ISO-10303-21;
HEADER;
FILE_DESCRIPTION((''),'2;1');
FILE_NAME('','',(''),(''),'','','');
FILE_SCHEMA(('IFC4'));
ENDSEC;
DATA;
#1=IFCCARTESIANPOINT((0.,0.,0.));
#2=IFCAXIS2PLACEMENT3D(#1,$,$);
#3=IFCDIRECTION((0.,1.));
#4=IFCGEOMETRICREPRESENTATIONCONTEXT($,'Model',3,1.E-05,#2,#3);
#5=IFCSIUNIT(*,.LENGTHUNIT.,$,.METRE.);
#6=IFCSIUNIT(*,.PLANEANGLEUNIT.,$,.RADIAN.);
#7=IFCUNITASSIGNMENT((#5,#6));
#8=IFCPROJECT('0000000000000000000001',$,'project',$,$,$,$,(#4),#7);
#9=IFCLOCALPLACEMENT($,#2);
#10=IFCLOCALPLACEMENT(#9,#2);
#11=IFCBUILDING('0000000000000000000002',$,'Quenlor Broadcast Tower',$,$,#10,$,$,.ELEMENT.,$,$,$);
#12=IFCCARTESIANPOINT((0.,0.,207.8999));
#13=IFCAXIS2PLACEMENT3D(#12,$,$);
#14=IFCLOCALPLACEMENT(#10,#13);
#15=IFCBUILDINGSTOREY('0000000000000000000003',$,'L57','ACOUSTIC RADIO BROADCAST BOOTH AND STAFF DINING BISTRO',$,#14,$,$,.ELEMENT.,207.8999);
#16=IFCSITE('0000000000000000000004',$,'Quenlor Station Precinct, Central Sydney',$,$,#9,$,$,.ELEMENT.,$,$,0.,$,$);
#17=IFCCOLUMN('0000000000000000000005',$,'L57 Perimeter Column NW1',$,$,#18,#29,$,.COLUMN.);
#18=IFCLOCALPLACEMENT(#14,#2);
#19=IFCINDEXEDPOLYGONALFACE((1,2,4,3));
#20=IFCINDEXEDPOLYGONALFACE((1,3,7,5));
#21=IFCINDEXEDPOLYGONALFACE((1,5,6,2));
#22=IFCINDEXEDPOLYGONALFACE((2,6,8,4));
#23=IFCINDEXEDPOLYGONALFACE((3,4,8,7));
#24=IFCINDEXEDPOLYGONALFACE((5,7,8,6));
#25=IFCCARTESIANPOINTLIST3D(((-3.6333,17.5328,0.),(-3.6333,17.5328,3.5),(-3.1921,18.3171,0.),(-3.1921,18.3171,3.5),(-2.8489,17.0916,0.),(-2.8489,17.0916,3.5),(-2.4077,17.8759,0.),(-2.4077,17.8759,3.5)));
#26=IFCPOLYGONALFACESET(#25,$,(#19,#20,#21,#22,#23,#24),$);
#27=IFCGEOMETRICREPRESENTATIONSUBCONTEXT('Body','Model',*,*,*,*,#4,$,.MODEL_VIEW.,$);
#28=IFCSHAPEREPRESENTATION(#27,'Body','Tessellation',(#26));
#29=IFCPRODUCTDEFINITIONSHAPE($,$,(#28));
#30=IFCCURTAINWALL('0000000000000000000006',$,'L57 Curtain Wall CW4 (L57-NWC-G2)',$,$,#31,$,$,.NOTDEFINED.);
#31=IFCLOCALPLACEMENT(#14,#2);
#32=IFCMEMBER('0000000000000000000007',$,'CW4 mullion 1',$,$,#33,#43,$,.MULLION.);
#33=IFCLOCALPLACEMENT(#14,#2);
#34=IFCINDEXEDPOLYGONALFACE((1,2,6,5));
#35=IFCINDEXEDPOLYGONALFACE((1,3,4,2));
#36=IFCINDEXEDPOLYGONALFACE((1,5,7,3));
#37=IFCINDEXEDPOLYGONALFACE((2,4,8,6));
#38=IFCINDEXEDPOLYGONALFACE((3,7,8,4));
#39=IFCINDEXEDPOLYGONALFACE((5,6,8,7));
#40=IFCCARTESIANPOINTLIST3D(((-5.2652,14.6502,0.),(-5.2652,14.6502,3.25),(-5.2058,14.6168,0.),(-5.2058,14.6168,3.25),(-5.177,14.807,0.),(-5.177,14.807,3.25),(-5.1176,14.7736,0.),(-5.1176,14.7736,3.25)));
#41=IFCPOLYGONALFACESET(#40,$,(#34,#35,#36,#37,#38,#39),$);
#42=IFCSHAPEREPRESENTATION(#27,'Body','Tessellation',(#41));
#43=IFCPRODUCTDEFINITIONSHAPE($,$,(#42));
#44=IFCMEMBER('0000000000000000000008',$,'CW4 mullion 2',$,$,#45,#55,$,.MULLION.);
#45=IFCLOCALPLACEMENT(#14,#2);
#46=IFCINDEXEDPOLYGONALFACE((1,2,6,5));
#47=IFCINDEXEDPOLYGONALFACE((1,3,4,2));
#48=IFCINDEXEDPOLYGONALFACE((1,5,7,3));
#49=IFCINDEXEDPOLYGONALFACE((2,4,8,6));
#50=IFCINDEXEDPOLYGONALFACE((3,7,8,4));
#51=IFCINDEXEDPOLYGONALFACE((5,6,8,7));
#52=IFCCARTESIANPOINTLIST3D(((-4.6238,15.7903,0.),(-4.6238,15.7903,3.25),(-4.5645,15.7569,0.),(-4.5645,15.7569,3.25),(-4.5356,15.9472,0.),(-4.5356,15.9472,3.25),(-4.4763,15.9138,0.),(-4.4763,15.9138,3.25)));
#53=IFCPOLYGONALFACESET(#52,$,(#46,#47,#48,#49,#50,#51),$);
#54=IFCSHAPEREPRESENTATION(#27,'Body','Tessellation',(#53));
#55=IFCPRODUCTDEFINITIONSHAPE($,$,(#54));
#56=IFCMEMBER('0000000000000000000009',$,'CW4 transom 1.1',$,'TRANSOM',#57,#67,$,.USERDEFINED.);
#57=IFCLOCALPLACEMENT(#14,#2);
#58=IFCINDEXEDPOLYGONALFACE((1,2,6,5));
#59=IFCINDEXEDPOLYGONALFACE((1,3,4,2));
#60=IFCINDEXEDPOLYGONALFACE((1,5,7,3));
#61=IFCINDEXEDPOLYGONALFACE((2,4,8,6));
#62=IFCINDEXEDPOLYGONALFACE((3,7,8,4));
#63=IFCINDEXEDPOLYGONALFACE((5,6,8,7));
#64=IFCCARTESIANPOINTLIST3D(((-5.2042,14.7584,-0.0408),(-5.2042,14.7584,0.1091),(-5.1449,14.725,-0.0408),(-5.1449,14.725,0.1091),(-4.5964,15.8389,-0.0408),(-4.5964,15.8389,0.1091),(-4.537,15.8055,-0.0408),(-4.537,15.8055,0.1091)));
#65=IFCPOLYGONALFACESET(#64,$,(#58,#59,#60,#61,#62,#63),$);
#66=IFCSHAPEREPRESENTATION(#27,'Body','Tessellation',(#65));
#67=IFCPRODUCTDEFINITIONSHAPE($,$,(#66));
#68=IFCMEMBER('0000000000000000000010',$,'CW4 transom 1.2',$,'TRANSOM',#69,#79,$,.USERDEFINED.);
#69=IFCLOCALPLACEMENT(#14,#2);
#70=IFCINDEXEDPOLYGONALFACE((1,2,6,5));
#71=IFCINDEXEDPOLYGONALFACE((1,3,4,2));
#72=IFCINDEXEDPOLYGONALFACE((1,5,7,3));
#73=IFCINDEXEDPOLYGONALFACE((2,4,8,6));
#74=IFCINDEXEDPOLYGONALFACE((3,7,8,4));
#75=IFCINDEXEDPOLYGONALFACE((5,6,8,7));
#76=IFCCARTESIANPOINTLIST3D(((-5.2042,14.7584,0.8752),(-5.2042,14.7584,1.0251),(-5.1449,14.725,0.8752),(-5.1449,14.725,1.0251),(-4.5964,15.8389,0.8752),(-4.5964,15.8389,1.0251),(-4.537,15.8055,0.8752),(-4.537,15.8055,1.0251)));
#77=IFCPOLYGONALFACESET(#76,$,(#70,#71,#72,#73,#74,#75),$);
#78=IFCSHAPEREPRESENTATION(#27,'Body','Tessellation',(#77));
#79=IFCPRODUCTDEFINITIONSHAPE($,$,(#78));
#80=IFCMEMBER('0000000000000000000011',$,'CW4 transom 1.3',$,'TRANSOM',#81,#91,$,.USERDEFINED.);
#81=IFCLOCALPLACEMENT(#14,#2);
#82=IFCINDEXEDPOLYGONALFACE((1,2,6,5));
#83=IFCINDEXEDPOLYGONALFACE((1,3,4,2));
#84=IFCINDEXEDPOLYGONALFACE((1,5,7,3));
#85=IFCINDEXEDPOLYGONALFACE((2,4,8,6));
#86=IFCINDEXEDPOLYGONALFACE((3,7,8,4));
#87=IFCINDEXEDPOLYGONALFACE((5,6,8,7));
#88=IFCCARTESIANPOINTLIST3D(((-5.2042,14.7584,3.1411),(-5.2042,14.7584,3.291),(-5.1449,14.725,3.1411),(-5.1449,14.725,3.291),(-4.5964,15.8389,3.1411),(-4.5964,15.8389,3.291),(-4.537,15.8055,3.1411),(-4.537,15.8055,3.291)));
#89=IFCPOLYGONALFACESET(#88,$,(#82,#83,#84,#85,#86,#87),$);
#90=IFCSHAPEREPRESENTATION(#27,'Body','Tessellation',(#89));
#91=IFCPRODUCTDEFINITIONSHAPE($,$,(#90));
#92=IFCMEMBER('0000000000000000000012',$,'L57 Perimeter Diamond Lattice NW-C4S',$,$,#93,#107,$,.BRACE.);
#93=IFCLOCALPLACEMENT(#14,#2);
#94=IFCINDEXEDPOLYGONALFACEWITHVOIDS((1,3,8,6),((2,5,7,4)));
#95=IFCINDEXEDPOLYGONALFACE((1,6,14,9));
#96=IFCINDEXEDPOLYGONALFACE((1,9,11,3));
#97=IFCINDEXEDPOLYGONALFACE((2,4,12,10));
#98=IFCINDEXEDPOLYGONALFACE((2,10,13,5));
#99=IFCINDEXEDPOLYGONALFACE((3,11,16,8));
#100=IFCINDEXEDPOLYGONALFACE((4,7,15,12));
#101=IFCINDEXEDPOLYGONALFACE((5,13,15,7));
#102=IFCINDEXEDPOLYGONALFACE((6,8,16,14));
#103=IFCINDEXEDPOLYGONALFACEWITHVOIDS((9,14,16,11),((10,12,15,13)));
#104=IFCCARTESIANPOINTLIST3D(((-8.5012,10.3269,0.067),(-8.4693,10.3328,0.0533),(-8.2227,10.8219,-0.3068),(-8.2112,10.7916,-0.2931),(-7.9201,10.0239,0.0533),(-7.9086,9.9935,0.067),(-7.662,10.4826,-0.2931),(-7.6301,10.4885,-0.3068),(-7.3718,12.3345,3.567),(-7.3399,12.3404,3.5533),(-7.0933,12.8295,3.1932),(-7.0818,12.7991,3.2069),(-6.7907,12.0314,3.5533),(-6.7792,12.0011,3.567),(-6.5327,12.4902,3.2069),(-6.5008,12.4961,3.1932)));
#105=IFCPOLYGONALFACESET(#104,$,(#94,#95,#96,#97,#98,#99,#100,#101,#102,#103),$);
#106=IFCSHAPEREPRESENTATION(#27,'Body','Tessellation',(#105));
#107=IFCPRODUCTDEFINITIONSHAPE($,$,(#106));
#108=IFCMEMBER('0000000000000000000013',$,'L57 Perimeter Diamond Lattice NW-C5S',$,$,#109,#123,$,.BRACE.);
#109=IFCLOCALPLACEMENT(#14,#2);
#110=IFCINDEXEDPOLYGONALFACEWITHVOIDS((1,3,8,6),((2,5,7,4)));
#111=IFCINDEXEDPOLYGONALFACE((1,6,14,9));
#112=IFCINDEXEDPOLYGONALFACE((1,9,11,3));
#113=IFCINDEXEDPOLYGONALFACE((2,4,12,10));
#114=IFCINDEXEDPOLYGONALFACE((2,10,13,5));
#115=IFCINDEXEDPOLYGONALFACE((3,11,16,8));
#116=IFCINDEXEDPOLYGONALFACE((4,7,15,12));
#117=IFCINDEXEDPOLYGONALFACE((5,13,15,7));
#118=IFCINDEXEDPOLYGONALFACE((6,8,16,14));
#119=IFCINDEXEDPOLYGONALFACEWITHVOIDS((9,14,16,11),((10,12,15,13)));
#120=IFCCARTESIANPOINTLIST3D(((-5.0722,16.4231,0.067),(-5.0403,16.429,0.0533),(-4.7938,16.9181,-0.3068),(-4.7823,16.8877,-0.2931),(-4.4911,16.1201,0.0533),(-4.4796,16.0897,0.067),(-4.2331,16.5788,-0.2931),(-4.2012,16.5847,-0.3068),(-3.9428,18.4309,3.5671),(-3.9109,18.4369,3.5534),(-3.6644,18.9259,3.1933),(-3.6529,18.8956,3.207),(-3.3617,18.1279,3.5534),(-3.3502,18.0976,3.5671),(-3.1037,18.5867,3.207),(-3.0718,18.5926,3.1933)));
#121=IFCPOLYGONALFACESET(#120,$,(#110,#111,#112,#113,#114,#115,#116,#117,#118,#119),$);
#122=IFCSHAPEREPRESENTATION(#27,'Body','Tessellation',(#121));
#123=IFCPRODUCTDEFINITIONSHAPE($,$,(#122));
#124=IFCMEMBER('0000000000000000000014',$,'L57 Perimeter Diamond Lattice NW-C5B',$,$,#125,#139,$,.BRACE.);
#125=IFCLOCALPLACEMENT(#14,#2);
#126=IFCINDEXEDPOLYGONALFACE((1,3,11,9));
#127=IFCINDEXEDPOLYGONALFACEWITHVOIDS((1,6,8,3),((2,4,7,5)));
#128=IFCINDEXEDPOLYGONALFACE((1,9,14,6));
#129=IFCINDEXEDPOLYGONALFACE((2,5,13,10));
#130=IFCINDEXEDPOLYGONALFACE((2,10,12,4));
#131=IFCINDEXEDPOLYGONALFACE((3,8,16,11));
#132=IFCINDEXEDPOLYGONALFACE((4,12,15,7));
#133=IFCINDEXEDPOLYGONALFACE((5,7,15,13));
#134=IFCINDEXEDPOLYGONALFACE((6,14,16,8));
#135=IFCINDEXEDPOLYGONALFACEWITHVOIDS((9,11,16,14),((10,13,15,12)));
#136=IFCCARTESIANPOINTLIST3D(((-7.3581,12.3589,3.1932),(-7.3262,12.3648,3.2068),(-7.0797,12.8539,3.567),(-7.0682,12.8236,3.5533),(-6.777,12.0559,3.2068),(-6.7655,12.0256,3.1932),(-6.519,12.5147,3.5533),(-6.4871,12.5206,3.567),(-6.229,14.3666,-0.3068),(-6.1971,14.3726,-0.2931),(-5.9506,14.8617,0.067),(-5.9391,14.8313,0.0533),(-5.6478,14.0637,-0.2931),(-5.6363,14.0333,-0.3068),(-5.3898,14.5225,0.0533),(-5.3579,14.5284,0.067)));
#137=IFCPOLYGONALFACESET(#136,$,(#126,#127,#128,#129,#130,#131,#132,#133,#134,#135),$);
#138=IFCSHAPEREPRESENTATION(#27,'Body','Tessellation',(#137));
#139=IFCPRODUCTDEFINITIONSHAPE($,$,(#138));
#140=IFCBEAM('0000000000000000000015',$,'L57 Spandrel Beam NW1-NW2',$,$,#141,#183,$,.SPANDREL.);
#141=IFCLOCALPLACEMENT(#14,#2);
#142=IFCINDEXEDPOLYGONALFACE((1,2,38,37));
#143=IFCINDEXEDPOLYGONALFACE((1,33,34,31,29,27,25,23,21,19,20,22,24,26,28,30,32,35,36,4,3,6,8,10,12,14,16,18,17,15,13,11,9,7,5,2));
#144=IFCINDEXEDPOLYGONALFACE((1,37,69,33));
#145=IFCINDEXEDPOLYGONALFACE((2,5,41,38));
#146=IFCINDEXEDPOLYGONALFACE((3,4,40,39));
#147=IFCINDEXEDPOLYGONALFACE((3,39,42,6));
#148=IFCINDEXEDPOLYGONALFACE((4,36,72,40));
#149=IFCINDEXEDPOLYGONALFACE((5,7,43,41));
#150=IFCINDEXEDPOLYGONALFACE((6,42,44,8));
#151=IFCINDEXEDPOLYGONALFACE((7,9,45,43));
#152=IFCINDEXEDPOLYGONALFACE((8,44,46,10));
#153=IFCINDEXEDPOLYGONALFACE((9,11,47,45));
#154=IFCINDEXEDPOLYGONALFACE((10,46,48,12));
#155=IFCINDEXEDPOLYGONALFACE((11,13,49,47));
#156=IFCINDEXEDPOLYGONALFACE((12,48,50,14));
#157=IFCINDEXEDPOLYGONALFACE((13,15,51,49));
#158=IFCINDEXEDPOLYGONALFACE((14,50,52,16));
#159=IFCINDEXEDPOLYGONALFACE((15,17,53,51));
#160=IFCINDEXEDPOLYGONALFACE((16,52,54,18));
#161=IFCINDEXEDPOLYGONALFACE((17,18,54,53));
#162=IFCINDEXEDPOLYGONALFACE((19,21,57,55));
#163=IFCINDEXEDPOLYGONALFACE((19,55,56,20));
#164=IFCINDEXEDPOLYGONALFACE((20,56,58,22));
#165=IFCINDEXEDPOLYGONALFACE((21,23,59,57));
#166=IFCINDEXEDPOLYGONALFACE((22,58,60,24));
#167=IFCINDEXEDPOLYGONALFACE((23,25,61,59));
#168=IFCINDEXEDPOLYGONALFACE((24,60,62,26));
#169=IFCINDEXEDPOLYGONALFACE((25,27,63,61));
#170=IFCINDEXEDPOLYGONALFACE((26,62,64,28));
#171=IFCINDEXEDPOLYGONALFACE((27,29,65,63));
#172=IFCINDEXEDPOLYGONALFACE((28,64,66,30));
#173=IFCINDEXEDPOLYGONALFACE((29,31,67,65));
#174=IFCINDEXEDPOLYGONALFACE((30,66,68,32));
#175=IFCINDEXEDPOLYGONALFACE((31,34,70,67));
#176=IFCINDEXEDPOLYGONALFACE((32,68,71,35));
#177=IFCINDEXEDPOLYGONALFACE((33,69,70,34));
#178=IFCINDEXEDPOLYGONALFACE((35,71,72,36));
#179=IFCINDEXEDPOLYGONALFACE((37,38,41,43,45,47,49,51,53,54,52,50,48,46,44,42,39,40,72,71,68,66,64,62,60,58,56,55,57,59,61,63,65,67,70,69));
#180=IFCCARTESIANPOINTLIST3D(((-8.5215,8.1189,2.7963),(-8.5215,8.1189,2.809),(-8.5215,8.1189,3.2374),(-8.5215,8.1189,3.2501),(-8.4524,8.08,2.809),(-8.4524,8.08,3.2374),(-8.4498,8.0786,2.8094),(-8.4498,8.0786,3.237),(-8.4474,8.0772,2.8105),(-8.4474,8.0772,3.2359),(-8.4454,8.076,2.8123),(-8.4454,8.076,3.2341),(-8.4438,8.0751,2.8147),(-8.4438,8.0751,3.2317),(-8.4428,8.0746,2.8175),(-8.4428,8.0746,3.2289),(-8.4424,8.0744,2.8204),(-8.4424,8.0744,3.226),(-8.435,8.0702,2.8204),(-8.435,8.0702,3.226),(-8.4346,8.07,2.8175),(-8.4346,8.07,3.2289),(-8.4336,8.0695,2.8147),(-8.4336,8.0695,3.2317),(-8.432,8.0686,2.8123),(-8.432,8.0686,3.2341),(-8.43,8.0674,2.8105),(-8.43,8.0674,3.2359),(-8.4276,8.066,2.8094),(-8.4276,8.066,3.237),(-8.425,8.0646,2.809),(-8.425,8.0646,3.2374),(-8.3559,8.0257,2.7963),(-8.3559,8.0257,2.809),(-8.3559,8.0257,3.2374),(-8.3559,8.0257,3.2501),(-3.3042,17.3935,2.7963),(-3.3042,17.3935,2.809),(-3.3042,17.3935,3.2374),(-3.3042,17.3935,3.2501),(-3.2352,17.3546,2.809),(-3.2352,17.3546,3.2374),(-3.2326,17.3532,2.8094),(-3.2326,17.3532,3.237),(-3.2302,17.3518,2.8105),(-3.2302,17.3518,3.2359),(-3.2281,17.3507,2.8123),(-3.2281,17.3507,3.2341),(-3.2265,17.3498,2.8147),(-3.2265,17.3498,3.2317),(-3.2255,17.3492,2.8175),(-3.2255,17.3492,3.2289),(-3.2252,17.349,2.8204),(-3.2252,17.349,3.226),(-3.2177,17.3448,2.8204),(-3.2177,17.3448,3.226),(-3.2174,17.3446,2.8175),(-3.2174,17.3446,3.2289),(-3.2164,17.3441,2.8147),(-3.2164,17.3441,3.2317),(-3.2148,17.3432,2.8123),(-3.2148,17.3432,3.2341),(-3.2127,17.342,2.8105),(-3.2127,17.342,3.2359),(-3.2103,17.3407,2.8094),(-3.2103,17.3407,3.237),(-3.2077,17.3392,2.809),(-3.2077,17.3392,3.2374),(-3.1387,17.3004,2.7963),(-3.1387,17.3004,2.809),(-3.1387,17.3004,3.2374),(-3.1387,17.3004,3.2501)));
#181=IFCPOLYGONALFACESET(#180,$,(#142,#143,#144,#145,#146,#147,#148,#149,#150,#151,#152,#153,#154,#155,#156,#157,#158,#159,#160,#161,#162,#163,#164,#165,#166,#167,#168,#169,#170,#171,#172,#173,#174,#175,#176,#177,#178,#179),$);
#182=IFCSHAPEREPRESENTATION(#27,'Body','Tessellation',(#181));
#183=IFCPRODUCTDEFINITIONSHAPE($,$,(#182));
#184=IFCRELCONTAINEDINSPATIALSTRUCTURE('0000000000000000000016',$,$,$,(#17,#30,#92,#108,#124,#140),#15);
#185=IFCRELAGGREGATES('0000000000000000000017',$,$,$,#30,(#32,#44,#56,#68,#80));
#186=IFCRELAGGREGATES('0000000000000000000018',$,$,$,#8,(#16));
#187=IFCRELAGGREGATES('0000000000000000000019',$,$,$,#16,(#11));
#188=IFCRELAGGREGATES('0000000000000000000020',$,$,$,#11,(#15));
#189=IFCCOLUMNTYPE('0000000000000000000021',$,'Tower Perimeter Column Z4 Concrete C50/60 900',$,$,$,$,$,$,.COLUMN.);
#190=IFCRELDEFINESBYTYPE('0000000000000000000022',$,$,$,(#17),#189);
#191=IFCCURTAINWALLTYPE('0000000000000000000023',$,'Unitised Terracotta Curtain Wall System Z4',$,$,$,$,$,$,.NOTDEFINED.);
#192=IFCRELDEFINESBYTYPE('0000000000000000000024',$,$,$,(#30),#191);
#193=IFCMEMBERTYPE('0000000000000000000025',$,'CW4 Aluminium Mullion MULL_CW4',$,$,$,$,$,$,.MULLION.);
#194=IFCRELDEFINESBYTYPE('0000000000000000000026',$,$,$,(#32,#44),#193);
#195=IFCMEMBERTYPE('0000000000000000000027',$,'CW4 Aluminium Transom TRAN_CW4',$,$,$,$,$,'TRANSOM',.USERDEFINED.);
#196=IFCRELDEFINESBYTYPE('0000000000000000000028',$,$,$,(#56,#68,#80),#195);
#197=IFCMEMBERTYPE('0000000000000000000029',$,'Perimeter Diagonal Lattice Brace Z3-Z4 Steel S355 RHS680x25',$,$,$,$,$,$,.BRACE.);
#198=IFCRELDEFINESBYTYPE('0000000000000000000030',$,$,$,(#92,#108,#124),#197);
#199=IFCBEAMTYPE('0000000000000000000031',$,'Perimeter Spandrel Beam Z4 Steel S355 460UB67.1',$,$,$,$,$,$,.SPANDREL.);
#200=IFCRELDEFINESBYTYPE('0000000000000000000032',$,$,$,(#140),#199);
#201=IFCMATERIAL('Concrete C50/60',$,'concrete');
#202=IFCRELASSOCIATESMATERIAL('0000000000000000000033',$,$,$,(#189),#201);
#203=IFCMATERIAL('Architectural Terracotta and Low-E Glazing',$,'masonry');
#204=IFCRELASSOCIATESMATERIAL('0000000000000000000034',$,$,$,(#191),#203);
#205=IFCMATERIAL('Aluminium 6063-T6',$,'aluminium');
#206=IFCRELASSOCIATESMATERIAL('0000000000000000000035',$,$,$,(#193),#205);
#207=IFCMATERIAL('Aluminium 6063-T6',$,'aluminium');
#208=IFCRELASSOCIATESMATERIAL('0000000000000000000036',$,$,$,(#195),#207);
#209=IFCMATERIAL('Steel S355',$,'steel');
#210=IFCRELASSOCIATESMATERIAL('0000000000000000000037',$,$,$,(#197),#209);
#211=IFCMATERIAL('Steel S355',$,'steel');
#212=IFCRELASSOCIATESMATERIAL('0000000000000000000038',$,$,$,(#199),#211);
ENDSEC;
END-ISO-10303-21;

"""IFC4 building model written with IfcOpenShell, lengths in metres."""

from ifc_helpers import new_model, si_unit, direction, frame, origin, origin_2d, place, context, subcontext, project, spatial, rectangle, hollow_rectangle, i_section, extrude, material, material_profile, profile_set, type_object, element, aggregate, save


model = new_model("IFC4")

# Units and contexts
model_context = context("Model", 3, precision=1e-05, world=origin(), true_north=direction((0.0, 1.0)))
body_context = subcontext(model_context, "Body", "Model", "MODEL_VIEW")
ifc_project = project(units=[si_unit("LENGTHUNIT", "METRE"), si_unit("PLANEANGLEUNIT", "RADIAN")], contexts=[model_context])

# Site, building, storey
site_placement = place(None, origin())
site = spatial("IfcSite", under=ifc_project, at=site_placement, Name="Quenlor Station Precinct, Central Sydney", CompositionType="ELEMENT", RefElevation=0.0)
building_placement = place(site_placement, origin())
building = spatial("IfcBuilding", under=site, at=building_placement, Name="Quenlor Broadcast Tower", CompositionType="ELEMENT")
storey_placement = place(building_placement, frame((0.0, 0.0, 207.8999)))
storey = spatial("IfcBuildingStorey", under=building, at=storey_placement, Name="L57", Description="ACOUSTIC RADIO BROADCAST BOOTH AND STAFF DINING BISTRO", CompositionType="ELEMENT", Elevation=207.8999)

# Column
ifc_material_1 = material(Name="Concrete C50/60", Category="concrete")
ifc_material_profile_1 = material_profile(ifc_material_1, rectangle(XDim=0.8999, YDim=0.8999, at=origin_2d()))
ifc_profile_set_1 = profile_set([ifc_material_profile_1], Name="Concrete C50/60 RC900x900")
column_type = type_object("IfcColumnType", Name="Tower Perimeter Column Z4 Concrete C50/60 900", PredefinedType="COLUMN", material=ifc_profile_set_1)
column_placement = place(storey_placement, frame((-3.0205, 17.7043, 0.0), z_axis=(0.0, 0.0, 1.0), x_axis=(-0.871575, 0.490262, 0.0)))
element("IfcColumn", 1, at=column_placement, inside=storey, type_object=column_type, Name="L57 Perimeter Column NW1", PredefinedType="COLUMN", context=body_context, shape_type="SweptSolid", body=[
    extrude(rectangle(XDim=0.8999, YDim=0.8999, at=origin_2d()), origin(), (0.0, 0.0, 1.0), 3.5),
])

# Curtain wall, members
ifc_material_2 = material(Name="Architectural Terracotta and Low-E Glazing", Category="masonry")
curtain_wall_type = type_object("IfcCurtainWallType", Name="Unitised Terracotta Curtain Wall System Z4", PredefinedType="NOTDEFINED", material=ifc_material_2)
curtain_wall_placement = place(storey_placement, origin())
curtain_wall = element("IfcCurtainWall", 2, at=curtain_wall_placement, inside=storey, type_object=curtain_wall_type, Name="L57 Curtain Wall CW4 (L57-NWC-G2)", PredefinedType="NOTDEFINED")
ifc_material_3 = material(Name="Aluminium 6063-T6", Category="aluminium")
ifc_material_profile_2 = material_profile(ifc_material_3, rectangle(XDim=0.0681, YDim=0.1799, at=origin_2d()))
ifc_profile_set_2 = profile_set([ifc_material_profile_2], Name="Aluminium 6063-T6 MULL68x180")
member_type_1 = type_object("IfcMemberType", Name="CW4 Aluminium Mullion MULL_CW4", PredefinedType="MULLION", material=ifc_profile_set_2)
member_1_placement = place(storey_placement, frame((-5.1914, 14.7119, 0.0), z_axis=(0.0, 0.0, 1.0), x_axis=(-0.87156, 0.490289, 0.0)))
member_1 = element("IfcMember", 3, at=member_1_placement, type_object=member_type_1, Name="CW4 mullion 1", PredefinedType="MULLION", context=body_context, shape_type="SweptSolid", body=[
    extrude(rectangle(XDim=0.0681, YDim=0.1799, at=origin_2d()), origin(), (0.0, 0.0, 1.0), 3.25),
])
member_2_placement = place(storey_placement, frame((-4.55, 15.8521, 0.0), z_axis=(0.0, 0.0, 1.0), x_axis=(-0.87156, 0.490289, 0.0)))
member_2 = element("IfcMember", 4, at=member_2_placement, type_object=member_type_1, Name="CW4 mullion 2", PredefinedType="MULLION", context=body_context, shape_type="SweptSolid", body=[
    extrude(rectangle(XDim=0.0681, YDim=0.1799, at=origin_2d()), origin(), (0.0, 0.0, 1.0), 3.25),
])
ifc_material_4 = material(Name="Aluminium 6063-T6", Category="aluminium")
ifc_material_profile_3 = material_profile(ifc_material_4, rectangle(XDim=0.0681, YDim=0.1499, at=origin_2d()))
ifc_profile_set_3 = profile_set([ifc_material_profile_3], Name="Aluminium 6063-T6 TRAN68x150")
member_type_2 = type_object("IfcMemberType", Name="CW4 Aluminium Transom TRAN_CW4", ElementType="TRANSOM", PredefinedType="USERDEFINED", material=ifc_profile_set_3)
member_3_placement = place(storey_placement, frame((-5.1746, 14.7417, 0.0342), z_axis=(0.490317, 0.871544, 0.0), x_axis=(-0.871544, 0.490317, 0.0)))
member_3 = element("IfcMember", 5, at=member_3_placement, type_object=member_type_2, Name="CW4 transom 1.1", ObjectType="TRANSOM", PredefinedType="USERDEFINED", context=body_context, shape_type="SweptSolid", body=[
    extrude(rectangle(XDim=0.0681, YDim=0.1499, at=origin_2d()), origin(), (0.0, 0.0, 1.0), 1.2397),
])
member_4_placement = place(storey_placement, frame((-5.1746, 14.7417, 0.9502), z_axis=(0.490317, 0.871544, 0.0), x_axis=(-0.871544, 0.490317, 0.0)))
member_4 = element("IfcMember", 6, at=member_4_placement, type_object=member_type_2, Name="CW4 transom 1.2", ObjectType="TRANSOM", PredefinedType="USERDEFINED", context=body_context, shape_type="SweptSolid", body=[
    extrude(rectangle(XDim=0.0681, YDim=0.1499, at=origin_2d()), origin(), (0.0, 0.0, 1.0), 1.2397),
])
member_5_placement = place(storey_placement, frame((-5.1746, 14.7417, 3.2161), z_axis=(0.490317, 0.871544, 0.0), x_axis=(-0.871544, 0.490317, 0.0)))
member_5 = element("IfcMember", 7, at=member_5_placement, type_object=member_type_2, Name="CW4 transom 1.3", ObjectType="TRANSOM", PredefinedType="USERDEFINED", context=body_context, shape_type="SweptSolid", body=[
    extrude(rectangle(XDim=0.0681, YDim=0.1499, at=origin_2d()), origin(), (0.0, 0.0, 1.0), 1.2397),
])

# Members
ifc_material_5 = material(Name="Steel S355", Category="steel")
ifc_material_profile_4 = material_profile(ifc_material_5, hollow_rectangle(XDim=0.6799, YDim=0.6799, WallThickness=0.0249, at=origin_2d()))
ifc_profile_set_4 = profile_set([ifc_material_profile_4], Name="Steel S355 RHS680x680x25")
member_type_3 = type_object("IfcMemberType", Name="Perimeter Diagonal Lattice Brace Z3-Z4 Steel S355 RHS680x25", PredefinedType="BRACE", material=ifc_profile_set_4)
member_6_placement = place(storey_placement, frame((-8.0657, 10.4077, -0.1199), z_axis=(0.269547, 0.479136, 0.835328), x_axis=(-0.87155, 0.490307, 0.0)))
element("IfcMember", 8, at=member_6_placement, inside=storey, type_object=member_type_3, Name="L57 Perimeter Diamond Lattice NW-C4S", PredefinedType="BRACE", context=body_context, shape_type="SweptSolid", body=[
    extrude(hollow_rectangle(XDim=0.6799, YDim=0.6799, WallThickness=0.0249, at=origin_2d()), origin(), (0.0, 0.0, 1.0), 4.1899),
])
member_7_placement = place(storey_placement, frame((-4.6367, 16.5039, -0.1199), z_axis=(0.26954, 0.479181, 0.835305), x_axis=(-0.871576, 0.490261, 0.0)))
element("IfcMember", 9, at=member_7_placement, inside=storey, type_object=member_type_3, Name="L57 Perimeter Diamond Lattice NW-C5S", PredefinedType="BRACE", context=body_context, shape_type="SweptSolid", body=[
    extrude(hollow_rectangle(XDim=0.6799, YDim=0.6799, WallThickness=0.0249, at=origin_2d()), origin(), (0.0, 0.0, 1.0), 4.1902),
])
member_8_placement = place(storey_placement, frame((-5.7935, 14.4475, -0.1199), z_axis=(-0.269485, -0.479189, 0.835318), x_axis=(0.871621, -0.490181, 0.0)))
element("IfcMember", 10, at=member_8_placement, inside=storey, type_object=member_type_3, Name="L57 Perimeter Diamond Lattice NW-C5B", PredefinedType="BRACE", context=body_context, shape_type="SweptSolid", body=[
    extrude(hollow_rectangle(XDim=0.6799, YDim=0.6799, WallThickness=0.0249, at=origin_2d()), origin(), (0.0, 0.0, 1.0), 4.1899),
])

# Beam
ifc_material_6 = material(Name="Steel S355", Category="steel")
ifc_material_profile_5 = material_profile(ifc_material_6, i_section(OverallWidth=0.1899, OverallDepth=0.4539, WebThickness=0.0085, FlangeThickness=0.0127, FilletRadius=0.0115, at=origin_2d()))
ifc_profile_set_5 = profile_set([ifc_material_profile_5], Name="Steel S355 460UB67.1")
beam_type_1 = type_object("IfcBeamType", Name="Perimeter Spandrel Beam Z4 Steel S355 460UB67.1", PredefinedType="SPANDREL", material=ifc_profile_set_5)
beam_1_placement = place(storey_placement, frame((-3.2214, 17.3469, 3.0232), z_axis=(-0.490282, -0.871564, 0.0), x_axis=(0.871564, -0.490282, 0.0)))
element("IfcBeam", 11, at=beam_1_placement, inside=storey, type_object=beam_type_1, Name="L57 Spandrel Beam NW1-NW2", PredefinedType="SPANDREL", context=body_context, shape_type="SweptSolid", body=[
    extrude(i_section(OverallWidth=0.1899, OverallDepth=0.4539, WebThickness=0.0085, FlangeThickness=0.0127, FilletRadius=0.0115, at=origin_2d()), origin(), (0.0, 0.0, 1.0), 10.6414),
])

aggregate(curtain_wall, [member_1, member_2, member_3, member_4, member_5])

save(model, "model.ifc")
